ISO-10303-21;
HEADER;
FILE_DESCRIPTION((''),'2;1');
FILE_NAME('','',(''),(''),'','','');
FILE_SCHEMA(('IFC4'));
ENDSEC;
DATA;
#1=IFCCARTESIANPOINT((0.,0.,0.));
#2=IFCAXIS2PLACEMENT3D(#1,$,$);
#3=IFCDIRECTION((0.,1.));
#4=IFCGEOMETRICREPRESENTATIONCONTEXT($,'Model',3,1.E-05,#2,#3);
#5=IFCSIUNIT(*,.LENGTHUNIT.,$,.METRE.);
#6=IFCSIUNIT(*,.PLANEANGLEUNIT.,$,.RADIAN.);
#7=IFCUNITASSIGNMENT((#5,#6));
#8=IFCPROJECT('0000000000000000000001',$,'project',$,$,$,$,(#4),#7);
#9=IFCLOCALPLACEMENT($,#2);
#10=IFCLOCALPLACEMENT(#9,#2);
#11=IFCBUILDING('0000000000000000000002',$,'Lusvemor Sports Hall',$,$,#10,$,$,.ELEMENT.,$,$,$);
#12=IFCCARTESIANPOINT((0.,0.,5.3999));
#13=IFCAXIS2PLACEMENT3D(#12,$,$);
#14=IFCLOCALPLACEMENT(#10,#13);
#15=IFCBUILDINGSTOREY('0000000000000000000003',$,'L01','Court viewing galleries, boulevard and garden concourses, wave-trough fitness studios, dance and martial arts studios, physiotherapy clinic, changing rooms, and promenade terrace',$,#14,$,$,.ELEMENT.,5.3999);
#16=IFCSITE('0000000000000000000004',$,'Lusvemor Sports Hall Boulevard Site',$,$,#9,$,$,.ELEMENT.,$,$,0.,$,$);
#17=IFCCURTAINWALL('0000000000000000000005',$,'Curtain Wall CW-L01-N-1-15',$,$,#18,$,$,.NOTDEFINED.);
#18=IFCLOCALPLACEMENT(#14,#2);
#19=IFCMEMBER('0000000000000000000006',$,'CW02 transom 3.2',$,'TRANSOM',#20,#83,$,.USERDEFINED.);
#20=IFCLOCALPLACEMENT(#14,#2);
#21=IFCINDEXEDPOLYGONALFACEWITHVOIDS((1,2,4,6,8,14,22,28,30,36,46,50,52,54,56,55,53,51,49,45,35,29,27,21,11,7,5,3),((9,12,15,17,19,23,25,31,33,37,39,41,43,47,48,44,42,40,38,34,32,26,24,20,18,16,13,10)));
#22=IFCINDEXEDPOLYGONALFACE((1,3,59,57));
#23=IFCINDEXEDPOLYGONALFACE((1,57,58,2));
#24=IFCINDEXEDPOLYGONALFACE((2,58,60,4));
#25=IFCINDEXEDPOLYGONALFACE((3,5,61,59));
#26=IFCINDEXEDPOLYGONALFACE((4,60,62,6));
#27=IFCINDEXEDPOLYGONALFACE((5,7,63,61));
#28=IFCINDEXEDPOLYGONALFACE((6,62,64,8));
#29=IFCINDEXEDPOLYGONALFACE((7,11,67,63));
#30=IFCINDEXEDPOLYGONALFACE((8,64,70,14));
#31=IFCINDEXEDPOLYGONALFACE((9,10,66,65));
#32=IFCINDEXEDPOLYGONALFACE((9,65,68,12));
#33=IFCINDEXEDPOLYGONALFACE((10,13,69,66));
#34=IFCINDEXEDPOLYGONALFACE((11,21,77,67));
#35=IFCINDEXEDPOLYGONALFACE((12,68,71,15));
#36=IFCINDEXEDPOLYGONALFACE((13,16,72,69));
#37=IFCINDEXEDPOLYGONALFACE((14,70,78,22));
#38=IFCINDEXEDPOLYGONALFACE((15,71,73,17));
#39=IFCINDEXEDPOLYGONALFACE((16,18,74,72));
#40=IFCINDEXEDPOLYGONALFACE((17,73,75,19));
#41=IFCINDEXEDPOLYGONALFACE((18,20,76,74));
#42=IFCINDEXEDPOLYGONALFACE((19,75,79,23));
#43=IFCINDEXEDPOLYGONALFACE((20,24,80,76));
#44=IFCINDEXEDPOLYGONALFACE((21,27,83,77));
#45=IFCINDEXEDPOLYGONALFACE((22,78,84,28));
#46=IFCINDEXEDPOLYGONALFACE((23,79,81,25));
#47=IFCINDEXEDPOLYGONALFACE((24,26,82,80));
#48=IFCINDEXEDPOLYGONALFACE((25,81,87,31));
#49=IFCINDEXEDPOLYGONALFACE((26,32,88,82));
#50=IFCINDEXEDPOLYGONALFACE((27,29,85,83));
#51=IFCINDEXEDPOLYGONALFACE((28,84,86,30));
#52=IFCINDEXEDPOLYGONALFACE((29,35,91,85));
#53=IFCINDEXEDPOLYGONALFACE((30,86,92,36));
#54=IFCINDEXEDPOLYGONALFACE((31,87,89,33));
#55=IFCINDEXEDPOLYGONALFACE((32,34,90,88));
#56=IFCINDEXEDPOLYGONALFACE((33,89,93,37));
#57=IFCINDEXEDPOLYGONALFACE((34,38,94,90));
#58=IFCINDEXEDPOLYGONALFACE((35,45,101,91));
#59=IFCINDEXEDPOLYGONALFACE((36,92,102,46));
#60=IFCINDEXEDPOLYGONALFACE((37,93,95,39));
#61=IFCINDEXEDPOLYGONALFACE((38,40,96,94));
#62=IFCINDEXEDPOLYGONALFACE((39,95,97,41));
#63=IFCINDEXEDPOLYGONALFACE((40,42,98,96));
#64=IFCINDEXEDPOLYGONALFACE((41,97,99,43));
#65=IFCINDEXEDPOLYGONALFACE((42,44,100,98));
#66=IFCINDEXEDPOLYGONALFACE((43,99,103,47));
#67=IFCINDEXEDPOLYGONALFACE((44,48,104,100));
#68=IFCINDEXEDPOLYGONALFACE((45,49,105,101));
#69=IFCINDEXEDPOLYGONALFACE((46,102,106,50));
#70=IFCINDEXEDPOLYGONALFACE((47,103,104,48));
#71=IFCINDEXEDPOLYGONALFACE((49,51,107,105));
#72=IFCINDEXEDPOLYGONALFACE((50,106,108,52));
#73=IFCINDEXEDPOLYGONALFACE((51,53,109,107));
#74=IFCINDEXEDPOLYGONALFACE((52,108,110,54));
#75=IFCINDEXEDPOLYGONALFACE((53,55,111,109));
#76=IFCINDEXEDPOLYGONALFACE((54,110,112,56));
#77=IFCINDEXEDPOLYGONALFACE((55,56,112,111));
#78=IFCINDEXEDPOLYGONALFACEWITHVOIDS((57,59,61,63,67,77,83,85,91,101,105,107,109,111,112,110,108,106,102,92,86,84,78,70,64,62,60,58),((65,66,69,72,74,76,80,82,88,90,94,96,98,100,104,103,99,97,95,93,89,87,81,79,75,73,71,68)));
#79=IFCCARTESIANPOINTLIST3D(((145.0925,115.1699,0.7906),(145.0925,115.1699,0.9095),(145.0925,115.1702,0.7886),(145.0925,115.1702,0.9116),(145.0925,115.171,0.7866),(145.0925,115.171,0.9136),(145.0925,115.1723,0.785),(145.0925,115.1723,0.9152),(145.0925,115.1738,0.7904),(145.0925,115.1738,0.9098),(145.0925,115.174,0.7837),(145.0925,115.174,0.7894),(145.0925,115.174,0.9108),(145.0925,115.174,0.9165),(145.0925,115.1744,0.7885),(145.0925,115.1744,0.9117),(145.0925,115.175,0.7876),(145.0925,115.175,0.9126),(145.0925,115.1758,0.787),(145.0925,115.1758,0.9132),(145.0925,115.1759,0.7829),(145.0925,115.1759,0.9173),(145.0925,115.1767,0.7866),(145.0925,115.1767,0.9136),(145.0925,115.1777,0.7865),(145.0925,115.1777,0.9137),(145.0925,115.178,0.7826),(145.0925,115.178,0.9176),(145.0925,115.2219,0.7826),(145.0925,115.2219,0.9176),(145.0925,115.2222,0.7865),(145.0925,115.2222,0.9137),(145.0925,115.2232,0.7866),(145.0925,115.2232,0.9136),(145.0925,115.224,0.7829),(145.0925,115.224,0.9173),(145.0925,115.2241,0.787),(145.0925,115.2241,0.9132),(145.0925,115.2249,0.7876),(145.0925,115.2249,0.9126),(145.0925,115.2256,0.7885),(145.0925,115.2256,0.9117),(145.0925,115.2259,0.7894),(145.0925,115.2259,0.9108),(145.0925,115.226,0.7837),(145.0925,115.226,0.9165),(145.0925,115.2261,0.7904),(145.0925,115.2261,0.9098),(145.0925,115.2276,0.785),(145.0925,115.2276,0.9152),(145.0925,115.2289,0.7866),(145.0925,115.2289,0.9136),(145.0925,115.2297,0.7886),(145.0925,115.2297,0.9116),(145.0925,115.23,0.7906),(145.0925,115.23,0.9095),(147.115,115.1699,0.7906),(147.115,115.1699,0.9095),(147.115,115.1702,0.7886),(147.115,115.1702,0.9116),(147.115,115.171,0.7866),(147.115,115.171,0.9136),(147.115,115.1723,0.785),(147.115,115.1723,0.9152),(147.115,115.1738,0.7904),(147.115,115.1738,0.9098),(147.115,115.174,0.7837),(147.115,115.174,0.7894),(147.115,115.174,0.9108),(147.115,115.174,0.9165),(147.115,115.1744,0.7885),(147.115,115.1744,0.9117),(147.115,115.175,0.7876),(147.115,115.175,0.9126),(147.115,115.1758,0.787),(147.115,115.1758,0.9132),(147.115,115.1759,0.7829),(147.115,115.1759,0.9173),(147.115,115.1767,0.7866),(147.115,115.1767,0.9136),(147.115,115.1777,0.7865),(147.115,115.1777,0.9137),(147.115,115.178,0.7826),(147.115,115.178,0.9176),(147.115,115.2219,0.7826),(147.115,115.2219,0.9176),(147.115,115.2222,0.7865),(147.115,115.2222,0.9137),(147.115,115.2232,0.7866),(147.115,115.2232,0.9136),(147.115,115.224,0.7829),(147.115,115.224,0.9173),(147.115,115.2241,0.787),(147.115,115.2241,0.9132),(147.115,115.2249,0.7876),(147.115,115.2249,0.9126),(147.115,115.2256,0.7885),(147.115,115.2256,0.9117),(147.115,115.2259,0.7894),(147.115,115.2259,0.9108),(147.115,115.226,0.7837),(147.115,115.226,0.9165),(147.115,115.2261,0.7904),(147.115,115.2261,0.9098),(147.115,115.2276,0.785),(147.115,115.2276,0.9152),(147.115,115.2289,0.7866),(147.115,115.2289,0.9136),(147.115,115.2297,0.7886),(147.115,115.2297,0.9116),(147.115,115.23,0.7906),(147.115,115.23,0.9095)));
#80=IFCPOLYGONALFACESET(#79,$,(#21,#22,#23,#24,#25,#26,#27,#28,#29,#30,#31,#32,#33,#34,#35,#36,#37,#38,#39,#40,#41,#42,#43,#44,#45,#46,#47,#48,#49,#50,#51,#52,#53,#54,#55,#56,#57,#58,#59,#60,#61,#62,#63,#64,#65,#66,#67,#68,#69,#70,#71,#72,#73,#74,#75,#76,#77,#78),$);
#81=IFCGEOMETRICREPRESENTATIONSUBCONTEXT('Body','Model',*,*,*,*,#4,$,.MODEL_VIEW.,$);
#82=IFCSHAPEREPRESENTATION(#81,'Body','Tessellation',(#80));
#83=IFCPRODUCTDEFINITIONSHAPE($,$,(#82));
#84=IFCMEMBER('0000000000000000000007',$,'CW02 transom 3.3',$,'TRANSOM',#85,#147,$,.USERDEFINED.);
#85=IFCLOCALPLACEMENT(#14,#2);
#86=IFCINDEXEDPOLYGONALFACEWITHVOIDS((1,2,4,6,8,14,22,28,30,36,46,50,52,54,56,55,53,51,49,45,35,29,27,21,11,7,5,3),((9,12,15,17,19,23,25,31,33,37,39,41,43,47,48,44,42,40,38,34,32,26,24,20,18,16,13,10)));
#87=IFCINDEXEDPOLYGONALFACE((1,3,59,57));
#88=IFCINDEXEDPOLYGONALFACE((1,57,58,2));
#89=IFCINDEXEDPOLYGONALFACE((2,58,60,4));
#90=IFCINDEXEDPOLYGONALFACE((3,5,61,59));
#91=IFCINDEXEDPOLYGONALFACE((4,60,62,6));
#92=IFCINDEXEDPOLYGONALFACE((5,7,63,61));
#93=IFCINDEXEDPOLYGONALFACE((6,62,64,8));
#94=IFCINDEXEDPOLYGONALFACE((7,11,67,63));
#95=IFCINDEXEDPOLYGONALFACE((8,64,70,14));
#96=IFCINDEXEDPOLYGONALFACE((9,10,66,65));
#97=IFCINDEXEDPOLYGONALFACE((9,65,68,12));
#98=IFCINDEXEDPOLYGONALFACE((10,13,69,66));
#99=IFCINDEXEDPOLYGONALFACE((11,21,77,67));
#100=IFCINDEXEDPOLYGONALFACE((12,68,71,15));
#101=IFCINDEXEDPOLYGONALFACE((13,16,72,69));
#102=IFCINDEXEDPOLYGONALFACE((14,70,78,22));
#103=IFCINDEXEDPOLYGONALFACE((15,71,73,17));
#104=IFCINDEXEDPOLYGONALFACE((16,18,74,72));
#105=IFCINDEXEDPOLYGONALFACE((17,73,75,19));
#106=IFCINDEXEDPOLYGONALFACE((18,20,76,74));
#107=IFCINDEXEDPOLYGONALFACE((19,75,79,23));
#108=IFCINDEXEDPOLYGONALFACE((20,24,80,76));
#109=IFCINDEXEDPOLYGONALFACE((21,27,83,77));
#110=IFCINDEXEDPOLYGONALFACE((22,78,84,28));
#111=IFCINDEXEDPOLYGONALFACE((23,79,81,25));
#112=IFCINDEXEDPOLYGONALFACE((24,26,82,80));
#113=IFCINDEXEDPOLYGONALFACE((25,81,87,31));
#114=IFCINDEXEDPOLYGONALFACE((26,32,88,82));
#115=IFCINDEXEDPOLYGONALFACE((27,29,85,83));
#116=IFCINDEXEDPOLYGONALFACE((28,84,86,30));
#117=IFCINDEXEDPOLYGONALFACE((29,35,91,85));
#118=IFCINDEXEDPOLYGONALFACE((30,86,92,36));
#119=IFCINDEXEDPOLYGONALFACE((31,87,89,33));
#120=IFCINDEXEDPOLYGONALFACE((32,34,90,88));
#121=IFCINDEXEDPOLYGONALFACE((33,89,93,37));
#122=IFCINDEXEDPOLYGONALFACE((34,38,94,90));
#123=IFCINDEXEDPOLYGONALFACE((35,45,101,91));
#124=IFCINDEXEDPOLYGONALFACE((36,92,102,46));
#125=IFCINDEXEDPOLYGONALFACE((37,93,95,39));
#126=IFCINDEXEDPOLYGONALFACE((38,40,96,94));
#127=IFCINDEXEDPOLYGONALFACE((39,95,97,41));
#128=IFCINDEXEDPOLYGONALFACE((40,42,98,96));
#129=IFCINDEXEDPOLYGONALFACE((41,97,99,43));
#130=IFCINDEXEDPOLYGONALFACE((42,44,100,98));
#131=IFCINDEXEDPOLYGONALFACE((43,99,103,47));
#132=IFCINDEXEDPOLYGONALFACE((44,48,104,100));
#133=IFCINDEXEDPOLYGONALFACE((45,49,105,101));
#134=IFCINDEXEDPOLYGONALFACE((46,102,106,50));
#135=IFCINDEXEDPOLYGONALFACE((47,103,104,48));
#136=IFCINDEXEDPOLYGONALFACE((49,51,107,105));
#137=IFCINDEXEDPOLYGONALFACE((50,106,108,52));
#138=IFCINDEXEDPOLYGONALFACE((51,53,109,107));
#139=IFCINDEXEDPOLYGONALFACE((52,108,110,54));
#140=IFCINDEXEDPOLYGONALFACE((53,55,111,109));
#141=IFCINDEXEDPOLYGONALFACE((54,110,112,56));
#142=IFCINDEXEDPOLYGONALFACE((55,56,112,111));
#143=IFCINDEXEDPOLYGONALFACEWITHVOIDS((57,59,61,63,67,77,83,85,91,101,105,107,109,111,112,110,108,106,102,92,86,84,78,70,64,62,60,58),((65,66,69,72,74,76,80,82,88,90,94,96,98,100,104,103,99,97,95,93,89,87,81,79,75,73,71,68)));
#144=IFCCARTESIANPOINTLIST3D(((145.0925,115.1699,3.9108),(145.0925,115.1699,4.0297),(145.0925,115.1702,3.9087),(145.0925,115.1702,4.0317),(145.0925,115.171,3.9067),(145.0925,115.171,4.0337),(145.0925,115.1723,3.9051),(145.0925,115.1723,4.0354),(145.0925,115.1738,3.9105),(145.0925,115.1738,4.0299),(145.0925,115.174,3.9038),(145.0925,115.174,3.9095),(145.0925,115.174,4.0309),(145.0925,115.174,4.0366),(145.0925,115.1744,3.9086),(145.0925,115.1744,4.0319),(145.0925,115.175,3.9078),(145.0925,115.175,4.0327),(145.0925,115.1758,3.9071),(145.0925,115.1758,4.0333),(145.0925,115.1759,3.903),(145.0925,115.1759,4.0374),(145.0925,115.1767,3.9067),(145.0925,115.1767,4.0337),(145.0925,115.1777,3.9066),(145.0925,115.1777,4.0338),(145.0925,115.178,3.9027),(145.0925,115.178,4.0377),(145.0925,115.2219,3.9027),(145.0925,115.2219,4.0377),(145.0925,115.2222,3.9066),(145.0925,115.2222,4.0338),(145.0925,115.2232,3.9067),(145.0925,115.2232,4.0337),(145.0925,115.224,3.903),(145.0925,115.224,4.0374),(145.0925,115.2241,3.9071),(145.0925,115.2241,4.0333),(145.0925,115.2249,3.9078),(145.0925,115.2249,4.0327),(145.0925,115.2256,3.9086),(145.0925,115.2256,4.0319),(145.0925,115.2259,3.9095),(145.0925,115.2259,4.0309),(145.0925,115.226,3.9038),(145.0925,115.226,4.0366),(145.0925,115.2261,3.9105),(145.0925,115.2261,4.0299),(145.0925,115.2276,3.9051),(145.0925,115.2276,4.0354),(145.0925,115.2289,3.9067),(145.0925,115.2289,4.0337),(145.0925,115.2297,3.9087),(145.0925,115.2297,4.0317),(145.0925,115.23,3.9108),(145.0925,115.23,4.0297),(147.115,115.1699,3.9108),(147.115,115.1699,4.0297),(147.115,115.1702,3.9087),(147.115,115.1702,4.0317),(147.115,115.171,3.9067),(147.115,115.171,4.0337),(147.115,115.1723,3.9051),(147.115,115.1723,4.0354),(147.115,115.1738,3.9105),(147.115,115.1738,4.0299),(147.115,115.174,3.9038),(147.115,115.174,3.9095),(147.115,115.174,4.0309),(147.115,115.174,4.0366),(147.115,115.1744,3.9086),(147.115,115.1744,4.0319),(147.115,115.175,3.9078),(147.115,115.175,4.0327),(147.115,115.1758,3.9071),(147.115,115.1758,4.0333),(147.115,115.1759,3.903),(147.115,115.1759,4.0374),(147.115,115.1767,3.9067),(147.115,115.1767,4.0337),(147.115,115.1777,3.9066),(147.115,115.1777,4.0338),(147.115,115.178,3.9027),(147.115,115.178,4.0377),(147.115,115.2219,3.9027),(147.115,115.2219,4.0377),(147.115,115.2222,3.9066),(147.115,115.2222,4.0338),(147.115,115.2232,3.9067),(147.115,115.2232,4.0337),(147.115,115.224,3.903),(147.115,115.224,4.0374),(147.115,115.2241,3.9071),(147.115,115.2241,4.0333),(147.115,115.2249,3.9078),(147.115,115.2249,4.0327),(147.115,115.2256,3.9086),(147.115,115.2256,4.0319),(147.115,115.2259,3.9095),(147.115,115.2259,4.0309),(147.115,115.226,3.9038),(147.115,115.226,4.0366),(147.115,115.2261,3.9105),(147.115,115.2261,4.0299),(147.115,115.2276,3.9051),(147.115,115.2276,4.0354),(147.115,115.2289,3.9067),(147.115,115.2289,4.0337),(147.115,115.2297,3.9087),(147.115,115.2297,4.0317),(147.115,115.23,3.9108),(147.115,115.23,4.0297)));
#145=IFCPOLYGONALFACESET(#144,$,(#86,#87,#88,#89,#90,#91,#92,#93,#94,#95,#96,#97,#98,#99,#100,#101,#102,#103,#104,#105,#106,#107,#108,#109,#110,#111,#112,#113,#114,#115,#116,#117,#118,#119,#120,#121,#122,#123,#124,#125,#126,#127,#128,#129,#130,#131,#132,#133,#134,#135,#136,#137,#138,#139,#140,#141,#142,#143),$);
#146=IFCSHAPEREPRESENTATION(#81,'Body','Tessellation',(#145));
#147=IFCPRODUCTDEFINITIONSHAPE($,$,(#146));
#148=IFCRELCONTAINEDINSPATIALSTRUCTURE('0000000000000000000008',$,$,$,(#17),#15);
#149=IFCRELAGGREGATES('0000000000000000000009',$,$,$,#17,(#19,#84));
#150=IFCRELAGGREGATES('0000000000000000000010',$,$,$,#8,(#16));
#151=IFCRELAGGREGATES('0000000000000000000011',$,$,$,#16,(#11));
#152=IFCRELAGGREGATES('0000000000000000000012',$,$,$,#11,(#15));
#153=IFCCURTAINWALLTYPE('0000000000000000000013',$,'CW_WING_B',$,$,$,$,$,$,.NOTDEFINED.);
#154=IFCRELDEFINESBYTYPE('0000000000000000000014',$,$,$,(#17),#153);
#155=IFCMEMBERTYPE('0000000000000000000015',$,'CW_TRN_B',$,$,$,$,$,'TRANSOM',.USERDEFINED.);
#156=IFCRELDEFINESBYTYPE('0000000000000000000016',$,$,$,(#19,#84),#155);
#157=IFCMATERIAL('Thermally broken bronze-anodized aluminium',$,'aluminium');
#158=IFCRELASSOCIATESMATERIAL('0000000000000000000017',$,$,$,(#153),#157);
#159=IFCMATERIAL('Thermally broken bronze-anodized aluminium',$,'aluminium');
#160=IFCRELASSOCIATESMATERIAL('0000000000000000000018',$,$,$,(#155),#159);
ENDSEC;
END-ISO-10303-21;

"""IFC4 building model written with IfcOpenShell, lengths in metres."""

from ifc_helpers import new_model, si_unit, direction, frame, origin, origin_2d, place, context, subcontext, project, spatial, hollow_rectangle, extrude, material, material_profile, profile_set, type_object, element, aggregate, save


model = new_model("IFC4")

# Units and contexts
model_context = context("Model", 3, precision=1e-05, world=origin(), true_north=direction((0.0, 1.0)))
body_context = subcontext(model_context, "Body", "Model", "MODEL_VIEW")
ifc_project = project(units=[si_unit("LENGTHUNIT", "METRE"), si_unit("PLANEANGLEUNIT", "RADIAN")], contexts=[model_context])

# Site, building, storey
site_placement = place(None, origin())
site = spatial("IfcSite", under=ifc_project, at=site_placement, Name="Lusvemor Sports Hall Boulevard Site", CompositionType="ELEMENT", RefElevation=0.0)
building_placement = place(site_placement, origin())
building = spatial("IfcBuilding", under=site, at=building_placement, Name="Lusvemor Sports Hall", CompositionType="ELEMENT")
storey_placement = place(building_placement, frame((0.0, 0.0, 5.3999)))
storey = spatial("IfcBuildingStorey", under=building, at=storey_placement, Name="L01", Description="Court viewing galleries, boulevard and garden concourses, wave-trough fitness studios, dance and martial arts studios, physiotherapy clinic, changing rooms, and promenade terrace", CompositionType="ELEMENT", Elevation=5.3999)

# Curtain wall
ifc_material_1 = material(Name="Thermally broken bronze-anodized aluminium", Category="aluminium")
curtain_wall_type = type_object("IfcCurtainWallType", Name="CW_WING_B", PredefinedType="NOTDEFINED", material=ifc_material_1)
curtain_wall_1_placement = place(storey_placement, origin())
curtain_wall_1 = element("IfcCurtainWall", 1, at=curtain_wall_1_placement, inside=storey, type_object=curtain_wall_type, Name="Curtain Wall CW-L01-N-1-15", PredefinedType="NOTDEFINED")

# Members
ifc_material_2 = material(Name="Thermally broken bronze-anodized aluminium", Category="aluminium")
ifc_material_profile_1 = material_profile(ifc_material_2, hollow_rectangle(XDim=0.0601, YDim=0.135, WallThickness=0.0039, InnerFilletRadius=0.0039, OuterFilletRadius=0.0081, at=origin_2d()), Name="CWTRN135x60x4")
ifc_profile_set_1 = profile_set([ifc_material_profile_1], Name="Thermally broken bronze-anodized aluminium")
member_type_1 = type_object("IfcMemberType", Name="CW_TRN_B", ElementType="TRANSOM", PredefinedType="USERDEFINED", material=ifc_profile_set_1)
member_1_placement = place(storey_placement, frame((145.0925, 115.2, 0.8501), z_axis=(1.0, 0.0, 0.0), x_axis=(0.0, 1.0, 0.0)))
member_1 = element("IfcMember", 2, at=member_1_placement, type_object=member_type_1, Name="CW02 transom 3.2", ObjectType="TRANSOM", PredefinedType="USERDEFINED", context=body_context, shape_type="SweptSolid", body=[
    extrude(hollow_rectangle(XDim=0.0601, YDim=0.135, WallThickness=0.0039, InnerFilletRadius=0.0039, OuterFilletRadius=0.0081, at=origin_2d()), origin(), (0.0, 0.0, 1.0), 2.0225),
])
member_2_placement = place(storey_placement, frame((145.0925, 115.2, 3.9702), z_axis=(1.0, 0.0, 0.0), x_axis=(0.0, 1.0, 0.0)))
member_2 = element("IfcMember", 3, at=member_2_placement, type_object=member_type_1, Name="CW02 transom 3.3", ObjectType="TRANSOM", PredefinedType="USERDEFINED", context=body_context, shape_type="SweptSolid", body=[
    extrude(hollow_rectangle(XDim=0.0601, YDim=0.135, WallThickness=0.0039, InnerFilletRadius=0.0039, OuterFilletRadius=0.0081, at=origin_2d()), origin(), (0.0, 0.0, 1.0), 2.0225),
])

aggregate(curtain_wall_1, [member_1, member_2])

save(model, "model.ifc")
